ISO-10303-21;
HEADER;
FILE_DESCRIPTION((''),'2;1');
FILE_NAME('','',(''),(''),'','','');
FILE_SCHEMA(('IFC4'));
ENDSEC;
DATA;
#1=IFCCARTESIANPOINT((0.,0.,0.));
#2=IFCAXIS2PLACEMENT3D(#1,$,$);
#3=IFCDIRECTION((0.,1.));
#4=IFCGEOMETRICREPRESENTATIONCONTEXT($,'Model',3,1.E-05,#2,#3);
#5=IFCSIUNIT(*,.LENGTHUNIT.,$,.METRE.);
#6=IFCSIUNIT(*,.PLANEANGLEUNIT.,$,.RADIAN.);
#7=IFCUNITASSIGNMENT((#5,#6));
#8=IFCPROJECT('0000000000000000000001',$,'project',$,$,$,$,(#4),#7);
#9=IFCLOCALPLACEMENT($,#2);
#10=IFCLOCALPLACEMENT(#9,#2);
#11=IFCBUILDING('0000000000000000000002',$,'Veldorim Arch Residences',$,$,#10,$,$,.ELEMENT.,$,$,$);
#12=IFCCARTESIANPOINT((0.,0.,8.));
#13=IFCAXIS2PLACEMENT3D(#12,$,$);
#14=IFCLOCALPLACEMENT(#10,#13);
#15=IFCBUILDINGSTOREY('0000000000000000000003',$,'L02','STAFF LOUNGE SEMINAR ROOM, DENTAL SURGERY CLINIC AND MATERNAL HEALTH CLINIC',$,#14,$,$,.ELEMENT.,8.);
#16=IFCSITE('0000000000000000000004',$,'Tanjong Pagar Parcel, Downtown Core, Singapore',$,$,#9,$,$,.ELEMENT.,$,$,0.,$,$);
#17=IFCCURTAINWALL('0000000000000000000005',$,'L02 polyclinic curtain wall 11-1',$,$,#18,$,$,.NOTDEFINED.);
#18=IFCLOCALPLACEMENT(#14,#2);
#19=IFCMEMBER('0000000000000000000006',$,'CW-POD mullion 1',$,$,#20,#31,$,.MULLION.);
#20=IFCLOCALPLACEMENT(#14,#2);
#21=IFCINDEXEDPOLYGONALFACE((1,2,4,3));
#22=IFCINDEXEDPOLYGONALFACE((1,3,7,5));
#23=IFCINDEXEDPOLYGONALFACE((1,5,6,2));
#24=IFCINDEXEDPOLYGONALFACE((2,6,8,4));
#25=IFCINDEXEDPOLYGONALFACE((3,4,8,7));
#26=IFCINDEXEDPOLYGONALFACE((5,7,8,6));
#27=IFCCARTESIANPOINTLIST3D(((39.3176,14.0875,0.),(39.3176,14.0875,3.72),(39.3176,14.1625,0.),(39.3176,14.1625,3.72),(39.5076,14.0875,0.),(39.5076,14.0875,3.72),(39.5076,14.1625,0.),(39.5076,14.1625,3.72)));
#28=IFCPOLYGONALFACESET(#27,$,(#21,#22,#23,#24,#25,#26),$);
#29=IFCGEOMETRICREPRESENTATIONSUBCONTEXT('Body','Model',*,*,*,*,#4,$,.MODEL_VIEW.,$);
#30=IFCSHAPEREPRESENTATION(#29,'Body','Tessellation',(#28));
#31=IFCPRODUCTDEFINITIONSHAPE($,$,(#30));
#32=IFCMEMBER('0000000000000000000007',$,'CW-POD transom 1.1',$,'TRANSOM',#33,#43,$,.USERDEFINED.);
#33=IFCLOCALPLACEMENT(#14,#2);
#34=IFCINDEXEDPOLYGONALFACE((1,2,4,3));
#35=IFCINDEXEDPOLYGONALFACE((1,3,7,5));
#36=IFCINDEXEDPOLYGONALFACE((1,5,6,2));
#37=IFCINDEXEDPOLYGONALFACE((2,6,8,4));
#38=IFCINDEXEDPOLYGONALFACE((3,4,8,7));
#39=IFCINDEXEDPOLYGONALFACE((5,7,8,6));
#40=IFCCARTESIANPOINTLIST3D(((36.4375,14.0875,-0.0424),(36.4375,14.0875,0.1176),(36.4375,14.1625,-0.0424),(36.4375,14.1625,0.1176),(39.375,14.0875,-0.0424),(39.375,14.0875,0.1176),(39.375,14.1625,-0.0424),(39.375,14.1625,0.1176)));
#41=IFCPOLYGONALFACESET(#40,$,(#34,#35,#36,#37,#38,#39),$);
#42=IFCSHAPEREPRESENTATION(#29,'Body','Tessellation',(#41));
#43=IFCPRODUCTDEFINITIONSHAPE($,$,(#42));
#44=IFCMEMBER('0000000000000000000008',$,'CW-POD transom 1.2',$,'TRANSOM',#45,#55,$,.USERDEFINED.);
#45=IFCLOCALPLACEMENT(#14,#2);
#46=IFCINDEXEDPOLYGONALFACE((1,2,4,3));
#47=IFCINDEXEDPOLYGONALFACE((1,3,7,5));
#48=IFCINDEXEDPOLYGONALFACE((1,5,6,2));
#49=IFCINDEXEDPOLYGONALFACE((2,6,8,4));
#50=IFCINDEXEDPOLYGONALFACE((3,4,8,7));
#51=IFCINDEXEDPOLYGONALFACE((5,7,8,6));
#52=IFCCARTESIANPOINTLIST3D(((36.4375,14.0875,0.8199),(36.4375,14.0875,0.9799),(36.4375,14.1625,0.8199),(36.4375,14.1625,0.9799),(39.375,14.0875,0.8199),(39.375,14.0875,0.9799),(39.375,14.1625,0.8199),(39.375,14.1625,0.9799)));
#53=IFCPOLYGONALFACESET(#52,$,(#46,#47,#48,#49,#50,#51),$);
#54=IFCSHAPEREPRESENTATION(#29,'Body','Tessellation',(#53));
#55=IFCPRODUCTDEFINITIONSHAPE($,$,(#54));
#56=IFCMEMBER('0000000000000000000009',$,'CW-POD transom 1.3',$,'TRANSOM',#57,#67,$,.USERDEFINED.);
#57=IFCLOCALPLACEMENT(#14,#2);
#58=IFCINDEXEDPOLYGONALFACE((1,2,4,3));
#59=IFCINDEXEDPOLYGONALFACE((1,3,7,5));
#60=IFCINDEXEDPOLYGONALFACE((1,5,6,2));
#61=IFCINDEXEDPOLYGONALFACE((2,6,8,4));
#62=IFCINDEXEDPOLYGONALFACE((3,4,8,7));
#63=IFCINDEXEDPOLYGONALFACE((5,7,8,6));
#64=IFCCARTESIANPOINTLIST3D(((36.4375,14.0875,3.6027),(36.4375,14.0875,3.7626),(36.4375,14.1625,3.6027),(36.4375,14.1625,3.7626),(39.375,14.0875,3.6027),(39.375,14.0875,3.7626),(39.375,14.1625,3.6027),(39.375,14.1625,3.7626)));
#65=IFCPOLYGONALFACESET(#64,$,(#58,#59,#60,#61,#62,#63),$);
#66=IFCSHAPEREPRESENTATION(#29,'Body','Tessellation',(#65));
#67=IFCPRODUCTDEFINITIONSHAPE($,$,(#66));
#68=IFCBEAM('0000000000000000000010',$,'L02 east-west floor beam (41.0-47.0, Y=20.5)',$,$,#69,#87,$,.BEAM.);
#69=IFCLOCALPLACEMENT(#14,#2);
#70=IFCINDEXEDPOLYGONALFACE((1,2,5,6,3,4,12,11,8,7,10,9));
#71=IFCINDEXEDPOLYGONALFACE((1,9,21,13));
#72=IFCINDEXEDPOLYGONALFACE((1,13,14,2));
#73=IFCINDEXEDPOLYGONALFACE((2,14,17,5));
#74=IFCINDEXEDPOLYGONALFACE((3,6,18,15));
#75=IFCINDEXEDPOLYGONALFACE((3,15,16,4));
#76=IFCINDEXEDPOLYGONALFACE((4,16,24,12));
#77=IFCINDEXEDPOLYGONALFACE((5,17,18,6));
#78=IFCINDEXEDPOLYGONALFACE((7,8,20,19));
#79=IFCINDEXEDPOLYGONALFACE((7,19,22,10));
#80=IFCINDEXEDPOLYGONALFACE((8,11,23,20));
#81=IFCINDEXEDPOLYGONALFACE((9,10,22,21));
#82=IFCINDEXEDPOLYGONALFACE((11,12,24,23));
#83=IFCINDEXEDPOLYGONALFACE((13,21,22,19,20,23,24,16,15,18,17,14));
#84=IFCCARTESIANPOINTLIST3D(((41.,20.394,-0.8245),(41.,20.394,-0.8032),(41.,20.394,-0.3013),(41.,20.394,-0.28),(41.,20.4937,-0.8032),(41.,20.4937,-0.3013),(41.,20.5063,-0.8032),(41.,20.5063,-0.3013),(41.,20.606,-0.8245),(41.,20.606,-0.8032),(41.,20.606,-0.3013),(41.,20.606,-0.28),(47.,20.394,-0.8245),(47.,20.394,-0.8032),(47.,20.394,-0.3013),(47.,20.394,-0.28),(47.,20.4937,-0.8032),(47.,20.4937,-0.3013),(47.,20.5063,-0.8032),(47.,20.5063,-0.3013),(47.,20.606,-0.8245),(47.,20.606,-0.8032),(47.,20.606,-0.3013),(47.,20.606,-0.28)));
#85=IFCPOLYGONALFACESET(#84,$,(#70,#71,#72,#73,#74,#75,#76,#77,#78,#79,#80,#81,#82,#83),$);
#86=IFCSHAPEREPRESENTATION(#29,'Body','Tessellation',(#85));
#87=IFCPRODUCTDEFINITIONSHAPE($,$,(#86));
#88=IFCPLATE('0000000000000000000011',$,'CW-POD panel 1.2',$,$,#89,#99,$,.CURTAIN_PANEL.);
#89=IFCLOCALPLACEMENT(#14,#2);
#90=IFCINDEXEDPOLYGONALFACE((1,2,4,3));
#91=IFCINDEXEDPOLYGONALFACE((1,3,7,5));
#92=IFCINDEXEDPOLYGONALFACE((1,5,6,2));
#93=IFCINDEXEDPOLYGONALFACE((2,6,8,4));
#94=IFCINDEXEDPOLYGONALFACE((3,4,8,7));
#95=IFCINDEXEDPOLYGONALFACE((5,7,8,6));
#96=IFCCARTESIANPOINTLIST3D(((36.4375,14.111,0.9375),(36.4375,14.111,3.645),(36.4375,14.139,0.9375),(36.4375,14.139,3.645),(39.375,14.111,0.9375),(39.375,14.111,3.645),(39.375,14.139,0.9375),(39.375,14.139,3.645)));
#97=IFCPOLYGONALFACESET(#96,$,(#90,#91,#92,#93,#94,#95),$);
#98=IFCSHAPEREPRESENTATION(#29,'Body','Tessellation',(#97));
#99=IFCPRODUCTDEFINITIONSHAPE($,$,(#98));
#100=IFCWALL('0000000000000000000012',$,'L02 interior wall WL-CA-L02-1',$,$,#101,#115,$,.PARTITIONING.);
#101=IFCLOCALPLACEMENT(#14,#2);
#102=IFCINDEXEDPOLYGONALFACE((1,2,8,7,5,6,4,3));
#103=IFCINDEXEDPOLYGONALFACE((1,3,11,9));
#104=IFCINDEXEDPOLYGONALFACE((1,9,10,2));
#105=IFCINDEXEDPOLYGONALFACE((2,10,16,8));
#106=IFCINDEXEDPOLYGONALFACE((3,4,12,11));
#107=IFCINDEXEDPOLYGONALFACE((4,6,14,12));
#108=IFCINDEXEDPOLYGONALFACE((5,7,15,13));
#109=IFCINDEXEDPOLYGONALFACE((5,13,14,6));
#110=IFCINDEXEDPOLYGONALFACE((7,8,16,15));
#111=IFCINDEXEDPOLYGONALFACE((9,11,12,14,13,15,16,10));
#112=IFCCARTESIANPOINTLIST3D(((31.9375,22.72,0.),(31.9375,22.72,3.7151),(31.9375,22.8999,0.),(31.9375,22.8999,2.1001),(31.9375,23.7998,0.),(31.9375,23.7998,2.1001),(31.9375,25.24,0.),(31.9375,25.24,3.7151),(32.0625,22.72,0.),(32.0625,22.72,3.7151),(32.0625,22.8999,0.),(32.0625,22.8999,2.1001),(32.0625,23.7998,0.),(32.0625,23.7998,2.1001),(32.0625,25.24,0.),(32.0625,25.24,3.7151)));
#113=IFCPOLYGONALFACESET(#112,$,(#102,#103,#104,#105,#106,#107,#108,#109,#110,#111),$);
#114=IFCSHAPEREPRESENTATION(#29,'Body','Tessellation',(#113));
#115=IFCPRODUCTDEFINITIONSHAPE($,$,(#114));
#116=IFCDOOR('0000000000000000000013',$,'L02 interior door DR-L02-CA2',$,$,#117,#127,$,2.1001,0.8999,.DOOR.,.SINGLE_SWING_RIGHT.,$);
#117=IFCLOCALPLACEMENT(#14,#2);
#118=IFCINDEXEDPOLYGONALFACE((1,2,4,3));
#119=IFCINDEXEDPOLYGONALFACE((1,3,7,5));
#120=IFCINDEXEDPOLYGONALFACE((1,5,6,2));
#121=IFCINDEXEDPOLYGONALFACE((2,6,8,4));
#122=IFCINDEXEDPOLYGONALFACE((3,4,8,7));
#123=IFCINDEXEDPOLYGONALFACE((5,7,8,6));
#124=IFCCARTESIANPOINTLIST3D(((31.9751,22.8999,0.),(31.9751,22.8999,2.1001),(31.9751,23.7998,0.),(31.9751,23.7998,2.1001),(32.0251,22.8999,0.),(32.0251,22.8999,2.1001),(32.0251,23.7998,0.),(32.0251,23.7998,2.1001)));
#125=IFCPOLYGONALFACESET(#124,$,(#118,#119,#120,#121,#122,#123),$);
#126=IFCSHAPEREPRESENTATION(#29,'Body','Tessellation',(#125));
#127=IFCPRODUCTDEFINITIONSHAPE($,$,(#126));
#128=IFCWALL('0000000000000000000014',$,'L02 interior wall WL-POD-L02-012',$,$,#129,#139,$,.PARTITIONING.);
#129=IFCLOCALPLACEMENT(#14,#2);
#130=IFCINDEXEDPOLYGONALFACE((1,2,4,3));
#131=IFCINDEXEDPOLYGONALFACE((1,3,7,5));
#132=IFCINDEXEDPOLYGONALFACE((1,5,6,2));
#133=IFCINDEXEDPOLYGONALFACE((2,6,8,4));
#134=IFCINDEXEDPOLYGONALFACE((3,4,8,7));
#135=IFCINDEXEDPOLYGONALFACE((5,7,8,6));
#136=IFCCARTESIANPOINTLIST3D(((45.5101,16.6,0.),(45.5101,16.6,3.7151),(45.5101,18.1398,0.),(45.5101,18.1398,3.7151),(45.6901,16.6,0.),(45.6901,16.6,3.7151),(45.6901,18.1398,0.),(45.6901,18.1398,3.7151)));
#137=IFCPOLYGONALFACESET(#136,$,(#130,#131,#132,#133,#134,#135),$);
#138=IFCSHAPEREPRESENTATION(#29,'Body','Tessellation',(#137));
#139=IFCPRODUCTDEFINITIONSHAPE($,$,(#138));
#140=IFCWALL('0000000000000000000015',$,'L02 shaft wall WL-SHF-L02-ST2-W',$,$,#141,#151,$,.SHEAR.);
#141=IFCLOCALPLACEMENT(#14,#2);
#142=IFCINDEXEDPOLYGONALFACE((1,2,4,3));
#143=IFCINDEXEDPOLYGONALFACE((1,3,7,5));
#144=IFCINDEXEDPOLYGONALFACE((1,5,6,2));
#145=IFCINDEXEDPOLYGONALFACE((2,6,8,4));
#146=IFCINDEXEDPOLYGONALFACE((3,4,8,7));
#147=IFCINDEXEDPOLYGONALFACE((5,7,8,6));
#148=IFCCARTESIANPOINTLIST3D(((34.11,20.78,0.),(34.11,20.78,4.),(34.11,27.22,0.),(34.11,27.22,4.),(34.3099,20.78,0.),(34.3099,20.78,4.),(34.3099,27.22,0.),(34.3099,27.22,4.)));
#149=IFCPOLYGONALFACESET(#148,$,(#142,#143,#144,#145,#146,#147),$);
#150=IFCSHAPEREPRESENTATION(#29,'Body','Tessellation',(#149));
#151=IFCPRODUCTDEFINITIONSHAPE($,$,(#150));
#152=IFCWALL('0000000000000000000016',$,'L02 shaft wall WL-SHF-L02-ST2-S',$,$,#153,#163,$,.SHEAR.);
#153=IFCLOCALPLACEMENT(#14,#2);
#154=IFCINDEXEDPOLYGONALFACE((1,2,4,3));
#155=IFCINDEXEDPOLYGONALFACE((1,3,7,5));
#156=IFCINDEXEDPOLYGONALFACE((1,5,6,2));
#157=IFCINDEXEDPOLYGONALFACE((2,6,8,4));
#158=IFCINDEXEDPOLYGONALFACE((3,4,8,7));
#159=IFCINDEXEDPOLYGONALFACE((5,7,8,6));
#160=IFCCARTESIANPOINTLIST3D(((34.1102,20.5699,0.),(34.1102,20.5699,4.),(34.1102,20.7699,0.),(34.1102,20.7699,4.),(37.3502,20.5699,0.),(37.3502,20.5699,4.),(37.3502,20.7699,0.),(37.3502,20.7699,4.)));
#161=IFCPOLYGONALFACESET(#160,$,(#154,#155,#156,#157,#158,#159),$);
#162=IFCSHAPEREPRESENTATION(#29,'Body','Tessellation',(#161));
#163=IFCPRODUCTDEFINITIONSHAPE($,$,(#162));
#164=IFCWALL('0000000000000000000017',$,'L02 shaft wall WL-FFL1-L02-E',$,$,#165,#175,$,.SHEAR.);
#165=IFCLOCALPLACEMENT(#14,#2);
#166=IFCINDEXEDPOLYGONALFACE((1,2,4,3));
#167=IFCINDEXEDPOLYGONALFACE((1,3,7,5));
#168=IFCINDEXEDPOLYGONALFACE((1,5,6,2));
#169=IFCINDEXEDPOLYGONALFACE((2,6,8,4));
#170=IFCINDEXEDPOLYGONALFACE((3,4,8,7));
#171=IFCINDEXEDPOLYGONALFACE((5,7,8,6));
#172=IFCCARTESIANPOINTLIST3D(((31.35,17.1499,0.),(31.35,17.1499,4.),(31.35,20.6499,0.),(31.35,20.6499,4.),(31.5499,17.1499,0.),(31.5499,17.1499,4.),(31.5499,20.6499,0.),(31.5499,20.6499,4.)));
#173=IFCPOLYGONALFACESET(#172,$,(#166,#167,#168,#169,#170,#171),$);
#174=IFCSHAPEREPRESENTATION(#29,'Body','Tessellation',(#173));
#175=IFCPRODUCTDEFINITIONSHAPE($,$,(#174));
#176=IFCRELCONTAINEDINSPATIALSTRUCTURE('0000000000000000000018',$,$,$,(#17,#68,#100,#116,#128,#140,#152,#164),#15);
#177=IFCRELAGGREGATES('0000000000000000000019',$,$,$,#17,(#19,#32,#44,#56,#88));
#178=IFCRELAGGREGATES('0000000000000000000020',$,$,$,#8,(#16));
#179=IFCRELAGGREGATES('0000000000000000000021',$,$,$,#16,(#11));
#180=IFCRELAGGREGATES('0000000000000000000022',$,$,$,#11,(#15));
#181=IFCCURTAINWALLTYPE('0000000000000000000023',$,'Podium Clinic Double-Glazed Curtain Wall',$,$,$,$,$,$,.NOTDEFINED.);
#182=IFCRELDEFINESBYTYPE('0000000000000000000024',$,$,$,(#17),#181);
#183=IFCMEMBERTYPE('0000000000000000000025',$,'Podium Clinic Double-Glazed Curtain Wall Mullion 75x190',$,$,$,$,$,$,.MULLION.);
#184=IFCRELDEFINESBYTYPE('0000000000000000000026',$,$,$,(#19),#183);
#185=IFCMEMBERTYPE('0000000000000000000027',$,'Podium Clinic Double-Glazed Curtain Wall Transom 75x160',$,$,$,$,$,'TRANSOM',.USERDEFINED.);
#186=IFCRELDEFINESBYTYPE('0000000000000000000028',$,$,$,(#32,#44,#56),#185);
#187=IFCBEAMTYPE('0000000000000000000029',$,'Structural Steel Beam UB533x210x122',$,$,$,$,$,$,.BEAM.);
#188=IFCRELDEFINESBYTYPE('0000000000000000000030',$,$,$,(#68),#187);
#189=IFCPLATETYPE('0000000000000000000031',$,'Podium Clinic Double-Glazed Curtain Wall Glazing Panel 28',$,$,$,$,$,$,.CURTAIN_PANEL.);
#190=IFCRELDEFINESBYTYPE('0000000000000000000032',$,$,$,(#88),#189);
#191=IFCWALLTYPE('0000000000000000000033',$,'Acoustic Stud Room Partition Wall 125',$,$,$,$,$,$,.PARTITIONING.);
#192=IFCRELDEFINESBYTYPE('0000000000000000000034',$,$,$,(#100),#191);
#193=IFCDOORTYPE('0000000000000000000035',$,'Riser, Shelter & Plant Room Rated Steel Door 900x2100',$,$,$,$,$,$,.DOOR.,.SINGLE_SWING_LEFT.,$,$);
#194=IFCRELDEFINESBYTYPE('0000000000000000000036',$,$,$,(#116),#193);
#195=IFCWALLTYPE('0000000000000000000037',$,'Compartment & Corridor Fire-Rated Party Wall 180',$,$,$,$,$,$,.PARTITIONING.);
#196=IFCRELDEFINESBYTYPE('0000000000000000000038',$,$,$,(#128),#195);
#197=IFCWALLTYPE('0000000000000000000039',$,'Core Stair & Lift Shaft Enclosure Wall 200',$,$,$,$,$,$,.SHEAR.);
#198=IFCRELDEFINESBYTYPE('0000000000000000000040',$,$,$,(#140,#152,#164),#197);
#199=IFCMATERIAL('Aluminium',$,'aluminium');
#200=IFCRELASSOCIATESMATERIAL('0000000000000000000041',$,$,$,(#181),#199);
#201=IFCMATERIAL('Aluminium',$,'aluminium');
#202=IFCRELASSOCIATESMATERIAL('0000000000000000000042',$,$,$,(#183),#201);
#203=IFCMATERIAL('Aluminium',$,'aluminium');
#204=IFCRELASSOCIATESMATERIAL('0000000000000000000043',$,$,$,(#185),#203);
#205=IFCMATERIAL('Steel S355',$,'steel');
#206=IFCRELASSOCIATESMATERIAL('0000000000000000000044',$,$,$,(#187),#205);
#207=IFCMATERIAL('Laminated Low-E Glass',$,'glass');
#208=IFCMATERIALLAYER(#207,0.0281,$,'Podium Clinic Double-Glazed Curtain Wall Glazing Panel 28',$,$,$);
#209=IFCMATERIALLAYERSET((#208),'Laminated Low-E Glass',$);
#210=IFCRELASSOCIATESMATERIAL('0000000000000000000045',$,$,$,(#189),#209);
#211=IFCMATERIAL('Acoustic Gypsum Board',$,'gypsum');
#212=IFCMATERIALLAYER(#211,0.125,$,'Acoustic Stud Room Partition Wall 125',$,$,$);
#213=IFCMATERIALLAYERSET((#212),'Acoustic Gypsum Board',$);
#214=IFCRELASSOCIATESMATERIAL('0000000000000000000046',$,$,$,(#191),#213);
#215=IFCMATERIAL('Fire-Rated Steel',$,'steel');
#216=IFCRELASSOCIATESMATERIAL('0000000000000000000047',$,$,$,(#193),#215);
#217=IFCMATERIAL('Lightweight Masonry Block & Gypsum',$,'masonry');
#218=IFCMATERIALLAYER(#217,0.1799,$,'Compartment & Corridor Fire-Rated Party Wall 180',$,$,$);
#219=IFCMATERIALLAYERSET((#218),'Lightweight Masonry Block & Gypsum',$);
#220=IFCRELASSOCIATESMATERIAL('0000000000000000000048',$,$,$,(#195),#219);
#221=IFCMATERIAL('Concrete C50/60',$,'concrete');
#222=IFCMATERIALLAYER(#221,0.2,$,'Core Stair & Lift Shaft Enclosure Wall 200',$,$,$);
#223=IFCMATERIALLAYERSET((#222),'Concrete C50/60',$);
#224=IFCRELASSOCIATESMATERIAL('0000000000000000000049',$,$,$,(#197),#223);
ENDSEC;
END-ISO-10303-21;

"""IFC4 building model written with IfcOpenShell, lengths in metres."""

from ifc_helpers import new_model, si_unit, direction, frame, frame_2d, origin, origin_2d, place, context, subcontext, project, spatial, rectangle, i_section, extrude, material, layer, layer_set, material_profile, profile_set, type_object, element, fill, aggregate, save


model = new_model("IFC4")

# Units and contexts
model_context = context("Model", 3, precision=1e-05, world=origin(), true_north=direction((0.0, 1.0)))
body_context = subcontext(model_context, "Body", "Model", "MODEL_VIEW")
ifc_project = project(units=[si_unit("LENGTHUNIT", "METRE"), si_unit("PLANEANGLEUNIT", "RADIAN")], contexts=[model_context])

# Site, building, storey
site_placement = place(None, origin())
site = spatial("IfcSite", under=ifc_project, at=site_placement, Name="Tanjong Pagar Parcel, Downtown Core, Singapore", CompositionType="ELEMENT", RefElevation=0.0)
building_placement = place(site_placement, origin())
building = spatial("IfcBuilding", under=site, at=building_placement, Name="Veldorim Arch Residences", CompositionType="ELEMENT")
storey_placement = place(building_placement, frame((0.0, 0.0, 8.0)))
storey = spatial("IfcBuildingStorey", under=building, at=storey_placement, Name="L02", Description="STAFF LOUNGE SEMINAR ROOM, DENTAL SURGERY CLINIC AND MATERNAL HEALTH CLINIC", CompositionType="ELEMENT", Elevation=8.0)

# Curtain wall, members
ifc_material_1 = material(Name="Aluminium", Category="aluminium")
curtain_wall_type = type_object("IfcCurtainWallType", Name="Podium Clinic Double-Glazed Curtain Wall", PredefinedType="NOTDEFINED", material=ifc_material_1)
curtain_wall_placement = place(storey_placement, origin())
curtain_wall = element("IfcCurtainWall", 1, at=curtain_wall_placement, inside=storey, type_object=curtain_wall_type, Name="L02 polyclinic curtain wall 11-1", PredefinedType="NOTDEFINED")
ifc_material_2 = material(Name="Aluminium", Category="aluminium")
ifc_material_profile_1 = material_profile(ifc_material_2, rectangle(XDim=0.075, YDim=0.1899, at=origin_2d()), Name="ALU_MUL_75x190")
ifc_profile_set_1 = profile_set([ifc_material_profile_1], Name="Aluminium")
member_type_1 = type_object("IfcMemberType", Name="Podium Clinic Double-Glazed Curtain Wall Mullion 75x190", PredefinedType="MULLION", material=ifc_profile_set_1)
member_1_placement = place(storey_placement, frame((39.4126, 14.125, 0.0), z_axis=(0.0, 0.0, 1.0), x_axis=(0.0, -1.0, 0.0)))
member_1 = element("IfcMember", 2, at=member_1_placement, type_object=member_type_1, Name="CW-POD mullion 1", PredefinedType="MULLION", context=body_context, shape_type="SweptSolid", body=[
    extrude(rectangle(XDim=0.075, YDim=0.1899, at=origin_2d()), origin(), (0.0, 0.0, 1.0), 3.72),
])
ifc_material_3 = material(Name="Aluminium", Category="aluminium")
ifc_material_profile_2 = material_profile(ifc_material_3, rectangle(XDim=0.075, YDim=0.1599, at=origin_2d()), Name="ALU_TRN_75x160")
ifc_profile_set_2 = profile_set([ifc_material_profile_2], Name="Aluminium")
member_type_2 = type_object("IfcMemberType", Name="Podium Clinic Double-Glazed Curtain Wall Transom 75x160", ElementType="TRANSOM", PredefinedType="USERDEFINED", material=ifc_profile_set_2)
member_2_placement = place(storey_placement, frame((39.375, 14.125, 0.0376), z_axis=(-1.0, 0.0, 0.0), x_axis=(0.0, -1.0, 0.0)))
member_2 = element("IfcMember", 3, at=member_2_placement, type_object=member_type_2, Name="CW-POD transom 1.1", ObjectType="TRANSOM", PredefinedType="USERDEFINED", context=body_context, shape_type="SweptSolid", body=[
    extrude(rectangle(XDim=0.075, YDim=0.1599, at=origin_2d()), origin(), (0.0, 0.0, 1.0), 2.9375),
])
member_3_placement = place(storey_placement, frame((39.375, 14.125, 0.8999), z_axis=(-1.0, 0.0, 0.0), x_axis=(0.0, -1.0, 0.0)))
member_3 = element("IfcMember", 4, at=member_3_placement, type_object=member_type_2, Name="CW-POD transom 1.2", ObjectType="TRANSOM", PredefinedType="USERDEFINED", context=body_context, shape_type="SweptSolid", body=[
    extrude(rectangle(XDim=0.075, YDim=0.1599, at=origin_2d()), origin(), (0.0, 0.0, 1.0), 2.9375),
])
member_4_placement = place(storey_placement, frame((39.375, 14.125, 3.6826), z_axis=(-1.0, 0.0, 0.0), x_axis=(0.0, -1.0, 0.0)))
member_4 = element("IfcMember", 5, at=member_4_placement, type_object=member_type_2, Name="CW-POD transom 1.3", ObjectType="TRANSOM", PredefinedType="USERDEFINED", context=body_context, shape_type="SweptSolid", body=[
    extrude(rectangle(XDim=0.075, YDim=0.1599, at=origin_2d()), origin(), (0.0, 0.0, 1.0), 2.9375),
])

# Beam
ifc_material_4 = material(Name="Steel S355", Category="steel")
ifc_material_profile_3 = material_profile(ifc_material_4, i_section(OverallWidth=0.2119, OverallDepth=0.5444, WebThickness=0.0127, FlangeThickness=0.0212, at=origin_2d()), Name="UB533x210x122")
ifc_profile_set_3 = profile_set([ifc_material_profile_3], Name="Steel S355")
beam_type = type_object("IfcBeamType", Name="Structural Steel Beam UB533x210x122", PredefinedType="BEAM", material=ifc_profile_set_3)
beam_placement = place(storey_placement, frame((41.0, 20.5, -0.5522), z_axis=(1.0, 0.0, 0.0), x_axis=(0.0, 1.0, 0.0)))
element("IfcBeam", 6, at=beam_placement, inside=storey, type_object=beam_type, Name="L02 east-west floor beam (41.0-47.0, Y=20.5)", PredefinedType="BEAM", context=body_context, shape_type="SweptSolid", body=[
    extrude(i_section(OverallWidth=0.2119, OverallDepth=0.5444, WebThickness=0.0127, FlangeThickness=0.0212, at=origin_2d()), origin(), (0.0, 0.0, 1.0), 6.0),
])

# Plate
ifc_material_5 = material(Name="Laminated Low-E Glass", Category="glass")
ifc_layer_1 = layer(ifc_material_5, 0.0281, Name="Podium Clinic Double-Glazed Curtain Wall Glazing Panel 28")
ifc_layer_set_1 = layer_set([ifc_layer_1], Name="Laminated Low-E Glass")
plate_type = type_object("IfcPlateType", Name="Podium Clinic Double-Glazed Curtain Wall Glazing Panel 28", PredefinedType="CURTAIN_PANEL", material=ifc_layer_set_1)
plate_placement = place(storey_placement, frame((37.9062, 14.125, 0.9375), z_axis=(0.0, 0.0, 1.0), x_axis=(-1.0, 0.0, 0.0)))
plate = element("IfcPlate", 7, at=plate_placement, type_object=plate_type, Name="CW-POD panel 1.2", PredefinedType="CURTAIN_PANEL", context=body_context, shape_type="SweptSolid", body=[
    extrude(rectangle(XDim=2.9375, YDim=0.0281, at=origin_2d()), origin(), (0.0, 0.0, 1.0), 2.7075),
])
aggregate(curtain_wall, [member_1, member_2, member_3, member_4, plate])

# Wall, opening, door
ifc_material_6 = material(Name="Acoustic Gypsum Board", Category="gypsum")
ifc_layer_2 = layer(ifc_material_6, 0.125, Name="Acoustic Stud Room Partition Wall 125")
ifc_layer_set_2 = layer_set([ifc_layer_2], Name="Acoustic Gypsum Board")
wall_type_1 = type_object("IfcWallType", Name="Acoustic Stud Room Partition Wall 125", PredefinedType="PARTITIONING", material=ifc_layer_set_2)
wall_1_placement = place(storey_placement, frame((32.0, 22.72, 0.0), z_axis=(0.0, 0.0, 1.0), x_axis=(0.0, 1.0, 0.0)))
wall_1 = element("IfcWall", 8, at=wall_1_placement, inside=storey, type_object=wall_type_1, Name="L02 interior wall WL-CA-L02-1", PredefinedType="PARTITIONING", context=body_context, shape_type="SweptSolid", body=[
    extrude(rectangle(XDim=2.52, YDim=0.125, at=frame_2d((1.26, 0.0))), origin(), (0.0, 0.0, 1.0), 3.7151),
])
opening_placement = place(wall_1_placement, frame((0.1799, 0.0, 0.0)))
opening = element("IfcOpeningElement", 9, at=opening_placement, cuts=wall_1, PredefinedType="OPENING", context=body_context, shape_type="SweptSolid", body=[
    extrude(rectangle(XDim=0.8999, YDim=2.1001, at=frame_2d((0.45, 1.05))), frame((0.0, 0.0725, 0.0), z_axis=(0.0, -1.0, 0.0), x_axis=(1.0, 0.0, 0.0)), (0.0, 0.0, 1.0), 0.145),
])
ifc_material_7 = material(Name="Fire-Rated Steel", Category="steel")
door_type = type_object("IfcDoorType", Name="Riser, Shelter & Plant Room Rated Steel Door 900x2100", OperationType="SINGLE_SWING_LEFT", PredefinedType="DOOR", material=ifc_material_7)
door_placement = place(opening_placement, origin())
door = element("IfcDoor", 10, at=door_placement, inside=storey, type_object=door_type, Name="L02 interior door DR-L02-CA2", OperationType="SINGLE_SWING_RIGHT", OverallHeight=2.1001, OverallWidth=0.8999, PredefinedType="DOOR", context=body_context, shape_type="SweptSolid", body=[
    extrude(rectangle(XDim=0.8999, YDim=2.1001, at=frame_2d((0.45, 1.05))), frame((0.0, 0.0249, 0.0), z_axis=(0.0, -1.0, 0.0), x_axis=(1.0, 0.0, 0.0)), (0.0, 0.0, 1.0), 0.05),
])
fill(opening, door)

# Walls
ifc_material_8 = material(Name="Lightweight Masonry Block & Gypsum", Category="masonry")
ifc_layer_3 = layer(ifc_material_8, 0.1799, Name="Compartment & Corridor Fire-Rated Party Wall 180")
ifc_layer_set_3 = layer_set([ifc_layer_3], Name="Lightweight Masonry Block & Gypsum")
wall_type_2 = type_object("IfcWallType", Name="Compartment & Corridor Fire-Rated Party Wall 180", PredefinedType="PARTITIONING", material=ifc_layer_set_3)
wall_2_placement = place(storey_placement, frame((45.6001, 18.1399, 0.0), z_axis=(0.0, 0.0, 1.0), x_axis=(0.0, -1.0, 0.0)))
element("IfcWall", 11, at=wall_2_placement, inside=storey, type_object=wall_type_2, Name="L02 interior wall WL-POD-L02-012", PredefinedType="PARTITIONING", context=body_context, shape_type="SweptSolid", body=[
    extrude(rectangle(XDim=1.5398, YDim=0.1799, at=frame_2d((0.77, 0.0))), origin(), (0.0, 0.0, 1.0), 3.7151),
])
ifc_material_9 = material(Name="Concrete C50/60", Category="concrete")
ifc_layer_4 = layer(ifc_material_9, 0.2, Name="Core Stair & Lift Shaft Enclosure Wall 200")
ifc_layer_set_4 = layer_set([ifc_layer_4], Name="Concrete C50/60")
wall_type_3 = type_object("IfcWallType", Name="Core Stair & Lift Shaft Enclosure Wall 200", PredefinedType="SHEAR", material=ifc_layer_set_4)
wall_3_placement = place(storey_placement, frame((34.21, 20.78, 0.0), z_axis=(0.0, 0.0, 1.0), x_axis=(0.0, 1.0, 0.0)))
element("IfcWall", 12, at=wall_3_placement, inside=storey, type_object=wall_type_3, Name="L02 shaft wall WL-SHF-L02-ST2-W", PredefinedType="SHEAR", context=body_context, shape_type="SweptSolid", body=[
    extrude(rectangle(XDim=6.4399, YDim=0.2, at=frame_2d((3.22, 0.0))), origin(), (0.0, 0.0, 1.0), 4.0),
])
wall_4_placement = place(storey_placement, frame((34.1101, 20.6699, 0.0), z_axis=(0.0, 0.0, 1.0), x_axis=(1.0, 0.0, 0.0)))
element("IfcWall", 13, at=wall_4_placement, inside=storey, type_object=wall_type_3, Name="L02 shaft wall WL-SHF-L02-ST2-S", PredefinedType="SHEAR", context=body_context, shape_type="SweptSolid", body=[
    extrude(rectangle(XDim=3.24, YDim=0.2, at=frame_2d((1.6201, 0.0))), origin(), (0.0, 0.0, 1.0), 4.0),
])
wall_5_placement = place(storey_placement, frame((31.45, 17.1499, 0.0), z_axis=(0.0, 0.0, 1.0), x_axis=(0.0, 1.0, 0.0)))
element("IfcWall", 14, at=wall_5_placement, inside=storey, type_object=wall_type_3, Name="L02 shaft wall WL-FFL1-L02-E", PredefinedType="SHEAR", context=body_context, shape_type="SweptSolid", body=[
    extrude(rectangle(XDim=3.5, YDim=0.2, at=frame_2d((1.75, 0.0))), origin(), (0.0, 0.0, 1.0), 4.0),
])

save(model, "model.ifc")
